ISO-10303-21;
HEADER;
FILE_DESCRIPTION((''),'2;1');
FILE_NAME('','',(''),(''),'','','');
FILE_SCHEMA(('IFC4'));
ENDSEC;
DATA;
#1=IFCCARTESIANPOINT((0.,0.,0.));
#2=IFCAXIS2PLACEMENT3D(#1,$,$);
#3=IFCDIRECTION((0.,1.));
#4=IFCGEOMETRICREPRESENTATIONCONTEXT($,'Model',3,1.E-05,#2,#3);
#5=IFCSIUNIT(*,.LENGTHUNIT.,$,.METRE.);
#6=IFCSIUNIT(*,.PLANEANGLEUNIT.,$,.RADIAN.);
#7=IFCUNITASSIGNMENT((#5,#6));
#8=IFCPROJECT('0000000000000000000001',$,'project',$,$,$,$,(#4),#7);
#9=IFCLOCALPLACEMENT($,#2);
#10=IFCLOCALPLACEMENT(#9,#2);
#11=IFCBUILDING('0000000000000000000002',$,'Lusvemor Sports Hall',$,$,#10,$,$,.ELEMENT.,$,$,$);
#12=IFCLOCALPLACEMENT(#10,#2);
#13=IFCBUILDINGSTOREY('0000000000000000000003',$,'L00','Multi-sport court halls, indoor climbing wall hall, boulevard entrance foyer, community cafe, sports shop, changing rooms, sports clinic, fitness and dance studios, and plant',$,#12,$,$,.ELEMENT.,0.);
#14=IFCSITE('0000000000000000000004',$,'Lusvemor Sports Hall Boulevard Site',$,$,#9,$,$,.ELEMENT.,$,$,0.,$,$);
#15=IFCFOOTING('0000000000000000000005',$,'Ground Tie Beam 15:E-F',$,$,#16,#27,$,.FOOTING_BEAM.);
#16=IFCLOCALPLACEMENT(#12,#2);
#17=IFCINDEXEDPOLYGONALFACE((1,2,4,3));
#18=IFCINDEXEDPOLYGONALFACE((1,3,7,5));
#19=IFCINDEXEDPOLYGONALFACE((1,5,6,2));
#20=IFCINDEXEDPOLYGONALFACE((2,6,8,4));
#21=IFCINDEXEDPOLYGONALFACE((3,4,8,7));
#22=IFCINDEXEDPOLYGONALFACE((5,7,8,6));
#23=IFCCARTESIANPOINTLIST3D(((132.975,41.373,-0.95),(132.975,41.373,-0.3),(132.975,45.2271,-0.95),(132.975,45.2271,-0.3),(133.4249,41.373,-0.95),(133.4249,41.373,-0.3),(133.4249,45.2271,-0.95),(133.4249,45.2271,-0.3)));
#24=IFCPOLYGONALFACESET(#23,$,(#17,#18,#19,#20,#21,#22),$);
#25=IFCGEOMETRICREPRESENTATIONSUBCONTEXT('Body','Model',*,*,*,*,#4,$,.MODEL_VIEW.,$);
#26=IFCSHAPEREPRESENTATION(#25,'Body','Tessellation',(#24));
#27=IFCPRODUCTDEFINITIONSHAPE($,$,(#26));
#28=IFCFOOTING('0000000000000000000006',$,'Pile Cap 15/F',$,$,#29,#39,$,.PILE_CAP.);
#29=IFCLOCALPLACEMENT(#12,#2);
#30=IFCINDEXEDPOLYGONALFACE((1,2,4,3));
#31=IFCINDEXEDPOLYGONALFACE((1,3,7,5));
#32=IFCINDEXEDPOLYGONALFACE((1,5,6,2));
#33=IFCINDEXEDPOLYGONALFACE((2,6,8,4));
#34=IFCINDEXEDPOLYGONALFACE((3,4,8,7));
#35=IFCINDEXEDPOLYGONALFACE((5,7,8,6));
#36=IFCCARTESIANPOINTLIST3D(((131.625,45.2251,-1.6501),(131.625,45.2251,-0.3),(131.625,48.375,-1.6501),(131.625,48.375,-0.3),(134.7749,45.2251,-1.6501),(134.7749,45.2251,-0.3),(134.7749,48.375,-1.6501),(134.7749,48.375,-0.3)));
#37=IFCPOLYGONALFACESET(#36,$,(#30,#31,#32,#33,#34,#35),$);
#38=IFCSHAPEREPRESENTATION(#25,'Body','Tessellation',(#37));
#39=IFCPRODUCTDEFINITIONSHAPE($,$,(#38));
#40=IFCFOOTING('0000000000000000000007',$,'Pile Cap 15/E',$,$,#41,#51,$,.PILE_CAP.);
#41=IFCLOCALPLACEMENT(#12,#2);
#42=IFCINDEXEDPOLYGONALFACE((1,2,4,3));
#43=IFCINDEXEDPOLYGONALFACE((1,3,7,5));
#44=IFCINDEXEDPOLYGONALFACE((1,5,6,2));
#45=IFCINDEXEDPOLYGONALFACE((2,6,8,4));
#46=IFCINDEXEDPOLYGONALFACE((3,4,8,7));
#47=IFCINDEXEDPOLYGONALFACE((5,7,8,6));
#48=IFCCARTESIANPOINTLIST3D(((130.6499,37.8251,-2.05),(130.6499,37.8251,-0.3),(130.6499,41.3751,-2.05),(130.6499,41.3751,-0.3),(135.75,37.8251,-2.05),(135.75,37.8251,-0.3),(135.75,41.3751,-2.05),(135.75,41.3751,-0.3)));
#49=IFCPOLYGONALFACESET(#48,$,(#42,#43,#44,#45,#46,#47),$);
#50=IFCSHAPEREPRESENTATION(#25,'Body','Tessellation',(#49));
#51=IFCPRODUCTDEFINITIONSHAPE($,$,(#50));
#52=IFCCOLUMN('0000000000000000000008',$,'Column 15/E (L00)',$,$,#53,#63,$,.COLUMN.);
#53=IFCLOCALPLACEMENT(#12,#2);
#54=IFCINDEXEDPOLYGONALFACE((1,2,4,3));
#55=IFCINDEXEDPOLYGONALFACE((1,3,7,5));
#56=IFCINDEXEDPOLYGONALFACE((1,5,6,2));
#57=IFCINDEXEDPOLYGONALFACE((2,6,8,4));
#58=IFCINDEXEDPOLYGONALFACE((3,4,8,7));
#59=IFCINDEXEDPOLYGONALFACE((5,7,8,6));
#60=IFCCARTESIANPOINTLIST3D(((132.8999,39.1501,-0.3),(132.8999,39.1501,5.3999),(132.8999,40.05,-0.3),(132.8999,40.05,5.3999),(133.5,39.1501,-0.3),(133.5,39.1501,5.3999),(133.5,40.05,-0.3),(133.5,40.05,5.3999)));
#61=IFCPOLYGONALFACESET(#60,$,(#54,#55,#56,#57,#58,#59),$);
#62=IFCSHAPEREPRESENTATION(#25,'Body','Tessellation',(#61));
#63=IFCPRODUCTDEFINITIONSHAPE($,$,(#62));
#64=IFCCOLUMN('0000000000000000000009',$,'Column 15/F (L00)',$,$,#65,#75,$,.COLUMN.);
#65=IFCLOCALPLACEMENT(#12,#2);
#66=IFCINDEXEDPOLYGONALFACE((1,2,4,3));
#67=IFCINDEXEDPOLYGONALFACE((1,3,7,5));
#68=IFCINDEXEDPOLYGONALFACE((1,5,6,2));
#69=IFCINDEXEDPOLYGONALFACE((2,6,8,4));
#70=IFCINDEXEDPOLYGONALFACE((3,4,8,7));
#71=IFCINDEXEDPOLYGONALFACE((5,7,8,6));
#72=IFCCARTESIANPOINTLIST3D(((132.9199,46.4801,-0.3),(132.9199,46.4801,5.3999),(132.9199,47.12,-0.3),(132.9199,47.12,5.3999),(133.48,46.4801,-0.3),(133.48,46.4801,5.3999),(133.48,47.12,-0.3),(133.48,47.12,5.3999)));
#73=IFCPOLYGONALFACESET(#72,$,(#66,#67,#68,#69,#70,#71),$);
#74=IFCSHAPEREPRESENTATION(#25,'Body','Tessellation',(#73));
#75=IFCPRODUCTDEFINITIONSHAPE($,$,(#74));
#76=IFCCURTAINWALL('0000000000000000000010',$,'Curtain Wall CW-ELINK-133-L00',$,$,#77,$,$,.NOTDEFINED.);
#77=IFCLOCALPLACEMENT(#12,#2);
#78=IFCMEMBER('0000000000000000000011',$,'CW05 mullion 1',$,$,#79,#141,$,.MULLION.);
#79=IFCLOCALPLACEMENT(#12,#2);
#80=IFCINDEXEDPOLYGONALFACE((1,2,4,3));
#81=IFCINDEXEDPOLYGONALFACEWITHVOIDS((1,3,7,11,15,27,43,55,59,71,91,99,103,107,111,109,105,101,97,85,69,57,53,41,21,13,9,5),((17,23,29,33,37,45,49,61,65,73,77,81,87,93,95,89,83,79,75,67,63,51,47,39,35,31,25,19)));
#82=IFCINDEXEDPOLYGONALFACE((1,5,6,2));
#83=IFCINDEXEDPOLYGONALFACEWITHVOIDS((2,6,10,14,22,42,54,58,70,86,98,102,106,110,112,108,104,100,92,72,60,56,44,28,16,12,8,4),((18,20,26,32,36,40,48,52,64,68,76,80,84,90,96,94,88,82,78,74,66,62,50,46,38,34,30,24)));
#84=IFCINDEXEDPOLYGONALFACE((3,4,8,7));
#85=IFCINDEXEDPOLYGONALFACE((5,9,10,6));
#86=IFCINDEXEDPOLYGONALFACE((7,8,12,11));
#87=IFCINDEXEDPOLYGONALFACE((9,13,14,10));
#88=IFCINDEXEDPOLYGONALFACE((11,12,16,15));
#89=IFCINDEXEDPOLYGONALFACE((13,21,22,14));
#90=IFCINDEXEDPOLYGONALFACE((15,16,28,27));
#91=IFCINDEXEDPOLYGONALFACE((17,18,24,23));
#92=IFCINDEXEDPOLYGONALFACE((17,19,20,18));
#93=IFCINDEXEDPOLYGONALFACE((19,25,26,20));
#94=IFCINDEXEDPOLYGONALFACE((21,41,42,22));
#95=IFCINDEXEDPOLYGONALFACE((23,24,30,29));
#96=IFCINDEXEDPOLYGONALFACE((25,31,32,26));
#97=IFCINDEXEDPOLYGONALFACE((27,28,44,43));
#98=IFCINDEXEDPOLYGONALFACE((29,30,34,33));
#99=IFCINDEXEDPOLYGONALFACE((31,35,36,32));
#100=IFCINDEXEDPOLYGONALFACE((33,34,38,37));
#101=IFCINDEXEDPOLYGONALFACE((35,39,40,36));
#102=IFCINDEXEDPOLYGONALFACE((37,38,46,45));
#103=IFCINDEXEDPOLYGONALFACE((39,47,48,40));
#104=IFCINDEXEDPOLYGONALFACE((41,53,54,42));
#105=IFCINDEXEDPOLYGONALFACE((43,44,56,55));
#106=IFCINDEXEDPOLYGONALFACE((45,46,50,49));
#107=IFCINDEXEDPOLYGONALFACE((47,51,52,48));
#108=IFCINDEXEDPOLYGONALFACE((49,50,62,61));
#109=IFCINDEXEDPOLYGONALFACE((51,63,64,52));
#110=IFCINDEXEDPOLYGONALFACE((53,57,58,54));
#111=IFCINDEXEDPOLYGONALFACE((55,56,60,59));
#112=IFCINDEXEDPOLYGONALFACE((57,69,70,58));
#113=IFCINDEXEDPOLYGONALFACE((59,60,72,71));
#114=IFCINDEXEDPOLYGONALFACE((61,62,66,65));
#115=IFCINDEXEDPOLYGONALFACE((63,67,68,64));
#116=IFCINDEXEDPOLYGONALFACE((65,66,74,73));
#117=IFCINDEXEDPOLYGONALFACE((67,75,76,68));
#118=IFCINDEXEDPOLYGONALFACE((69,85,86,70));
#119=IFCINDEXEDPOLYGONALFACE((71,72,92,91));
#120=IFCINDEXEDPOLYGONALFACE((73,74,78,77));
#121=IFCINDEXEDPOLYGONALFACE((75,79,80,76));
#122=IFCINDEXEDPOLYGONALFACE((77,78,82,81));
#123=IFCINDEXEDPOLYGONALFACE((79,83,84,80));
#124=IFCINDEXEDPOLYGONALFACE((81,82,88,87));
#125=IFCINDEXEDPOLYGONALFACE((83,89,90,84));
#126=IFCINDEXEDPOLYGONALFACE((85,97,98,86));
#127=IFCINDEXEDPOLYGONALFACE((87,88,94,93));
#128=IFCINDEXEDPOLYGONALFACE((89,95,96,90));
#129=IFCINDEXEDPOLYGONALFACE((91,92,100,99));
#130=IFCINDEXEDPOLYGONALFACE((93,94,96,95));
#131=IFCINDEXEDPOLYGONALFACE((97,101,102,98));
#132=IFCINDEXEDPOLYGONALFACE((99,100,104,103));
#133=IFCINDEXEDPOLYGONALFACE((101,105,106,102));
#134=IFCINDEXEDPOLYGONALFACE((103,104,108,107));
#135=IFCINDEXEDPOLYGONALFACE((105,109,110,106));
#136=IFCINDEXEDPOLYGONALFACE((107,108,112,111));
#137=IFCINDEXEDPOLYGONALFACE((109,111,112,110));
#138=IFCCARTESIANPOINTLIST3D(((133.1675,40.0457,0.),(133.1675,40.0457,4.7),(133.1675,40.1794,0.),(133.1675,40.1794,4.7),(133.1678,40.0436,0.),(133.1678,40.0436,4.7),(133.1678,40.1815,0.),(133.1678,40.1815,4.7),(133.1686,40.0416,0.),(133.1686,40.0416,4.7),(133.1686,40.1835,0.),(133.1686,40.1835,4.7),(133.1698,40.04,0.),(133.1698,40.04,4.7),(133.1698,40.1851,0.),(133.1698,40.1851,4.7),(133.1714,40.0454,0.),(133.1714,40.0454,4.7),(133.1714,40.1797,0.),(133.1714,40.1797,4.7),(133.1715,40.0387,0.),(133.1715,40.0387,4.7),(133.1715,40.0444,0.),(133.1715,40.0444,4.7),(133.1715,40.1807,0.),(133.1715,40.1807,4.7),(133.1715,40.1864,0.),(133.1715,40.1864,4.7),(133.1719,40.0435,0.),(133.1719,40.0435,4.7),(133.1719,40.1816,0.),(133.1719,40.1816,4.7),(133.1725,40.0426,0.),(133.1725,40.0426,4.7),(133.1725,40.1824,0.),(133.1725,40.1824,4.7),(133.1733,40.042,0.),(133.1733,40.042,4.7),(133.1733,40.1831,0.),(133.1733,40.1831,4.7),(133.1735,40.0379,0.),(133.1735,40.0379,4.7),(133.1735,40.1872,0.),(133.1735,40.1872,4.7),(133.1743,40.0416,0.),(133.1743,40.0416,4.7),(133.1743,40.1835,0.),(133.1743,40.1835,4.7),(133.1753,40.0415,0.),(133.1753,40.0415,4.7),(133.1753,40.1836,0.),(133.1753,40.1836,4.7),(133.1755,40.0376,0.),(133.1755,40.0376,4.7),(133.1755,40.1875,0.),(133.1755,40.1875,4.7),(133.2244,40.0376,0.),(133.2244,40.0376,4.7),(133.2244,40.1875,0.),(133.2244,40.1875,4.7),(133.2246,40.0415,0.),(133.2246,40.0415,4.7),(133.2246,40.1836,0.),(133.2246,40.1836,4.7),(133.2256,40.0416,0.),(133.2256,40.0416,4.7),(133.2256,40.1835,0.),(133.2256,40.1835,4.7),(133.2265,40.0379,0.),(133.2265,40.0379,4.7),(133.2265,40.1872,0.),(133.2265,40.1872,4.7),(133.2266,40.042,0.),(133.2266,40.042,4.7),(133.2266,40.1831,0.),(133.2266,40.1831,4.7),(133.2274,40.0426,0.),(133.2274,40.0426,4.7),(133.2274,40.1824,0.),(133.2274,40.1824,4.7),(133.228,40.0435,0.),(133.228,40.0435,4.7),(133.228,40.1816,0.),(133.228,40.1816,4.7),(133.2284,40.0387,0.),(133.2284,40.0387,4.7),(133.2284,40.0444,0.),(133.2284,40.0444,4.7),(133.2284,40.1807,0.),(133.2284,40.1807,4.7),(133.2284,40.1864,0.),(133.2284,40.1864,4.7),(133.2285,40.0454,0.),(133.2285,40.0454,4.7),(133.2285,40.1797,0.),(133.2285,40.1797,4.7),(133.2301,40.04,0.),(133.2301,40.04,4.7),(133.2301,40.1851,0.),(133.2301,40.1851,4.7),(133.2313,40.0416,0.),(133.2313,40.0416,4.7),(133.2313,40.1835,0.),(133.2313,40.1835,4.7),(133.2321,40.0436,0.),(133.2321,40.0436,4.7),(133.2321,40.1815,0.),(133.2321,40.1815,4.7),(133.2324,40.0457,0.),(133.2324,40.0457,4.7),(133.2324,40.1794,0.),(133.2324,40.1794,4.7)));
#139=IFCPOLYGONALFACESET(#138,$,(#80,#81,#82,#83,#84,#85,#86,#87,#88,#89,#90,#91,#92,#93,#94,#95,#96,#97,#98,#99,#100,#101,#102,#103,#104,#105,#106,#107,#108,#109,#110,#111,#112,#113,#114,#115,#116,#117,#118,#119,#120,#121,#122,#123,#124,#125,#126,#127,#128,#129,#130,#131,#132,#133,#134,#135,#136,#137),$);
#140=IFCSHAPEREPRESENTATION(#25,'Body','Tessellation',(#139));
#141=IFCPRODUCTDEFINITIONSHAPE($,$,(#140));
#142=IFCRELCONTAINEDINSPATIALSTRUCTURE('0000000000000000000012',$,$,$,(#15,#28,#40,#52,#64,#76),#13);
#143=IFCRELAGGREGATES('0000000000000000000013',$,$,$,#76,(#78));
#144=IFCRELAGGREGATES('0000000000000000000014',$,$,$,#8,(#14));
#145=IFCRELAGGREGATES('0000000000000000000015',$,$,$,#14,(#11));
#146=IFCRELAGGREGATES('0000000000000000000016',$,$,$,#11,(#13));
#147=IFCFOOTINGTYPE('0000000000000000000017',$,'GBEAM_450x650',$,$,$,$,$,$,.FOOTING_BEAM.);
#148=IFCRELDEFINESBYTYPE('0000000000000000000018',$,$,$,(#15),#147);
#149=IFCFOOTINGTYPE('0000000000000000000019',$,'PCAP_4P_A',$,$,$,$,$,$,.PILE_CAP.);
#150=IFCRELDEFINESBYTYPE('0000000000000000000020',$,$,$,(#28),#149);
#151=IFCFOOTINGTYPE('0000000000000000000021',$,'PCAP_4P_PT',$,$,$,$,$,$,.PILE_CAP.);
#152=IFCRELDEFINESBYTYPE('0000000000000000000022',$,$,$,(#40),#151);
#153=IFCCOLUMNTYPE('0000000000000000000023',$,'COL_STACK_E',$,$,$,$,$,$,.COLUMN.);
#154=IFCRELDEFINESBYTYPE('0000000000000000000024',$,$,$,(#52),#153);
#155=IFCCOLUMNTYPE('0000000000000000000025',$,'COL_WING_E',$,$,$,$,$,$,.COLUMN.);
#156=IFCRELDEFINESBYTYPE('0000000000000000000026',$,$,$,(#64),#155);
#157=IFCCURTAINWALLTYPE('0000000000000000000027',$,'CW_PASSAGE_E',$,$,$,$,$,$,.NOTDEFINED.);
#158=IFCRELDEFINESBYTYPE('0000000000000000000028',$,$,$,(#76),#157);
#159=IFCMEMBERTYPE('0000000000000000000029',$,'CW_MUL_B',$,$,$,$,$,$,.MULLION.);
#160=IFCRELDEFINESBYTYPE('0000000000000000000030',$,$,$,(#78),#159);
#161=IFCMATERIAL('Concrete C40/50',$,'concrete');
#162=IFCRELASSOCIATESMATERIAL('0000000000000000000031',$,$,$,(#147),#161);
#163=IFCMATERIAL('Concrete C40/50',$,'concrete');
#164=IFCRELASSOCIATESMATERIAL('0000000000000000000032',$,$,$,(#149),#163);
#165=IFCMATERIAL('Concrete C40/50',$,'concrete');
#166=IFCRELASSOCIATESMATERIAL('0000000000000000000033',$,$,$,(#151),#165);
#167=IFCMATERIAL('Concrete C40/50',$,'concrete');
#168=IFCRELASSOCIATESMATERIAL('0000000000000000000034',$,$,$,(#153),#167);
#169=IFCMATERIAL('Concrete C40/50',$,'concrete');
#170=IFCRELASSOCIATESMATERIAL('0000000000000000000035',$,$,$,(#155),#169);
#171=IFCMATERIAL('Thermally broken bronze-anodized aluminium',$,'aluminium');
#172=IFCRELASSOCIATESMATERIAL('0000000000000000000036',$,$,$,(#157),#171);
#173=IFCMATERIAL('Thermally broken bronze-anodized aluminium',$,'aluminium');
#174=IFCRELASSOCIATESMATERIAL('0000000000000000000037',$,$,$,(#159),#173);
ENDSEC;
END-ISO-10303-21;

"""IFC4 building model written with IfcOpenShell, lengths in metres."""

from ifc_helpers import new_model, si_unit, direction, frame, origin, origin_2d, place, context, subcontext, project, spatial, rectangle, hollow_rectangle, extrude, material, material_profile, profile_set, type_object, element, aggregate, save


model = new_model("IFC4")

# Units and contexts
model_context = context("Model", 3, precision=1e-05, world=origin(), true_north=direction((0.0, 1.0)))
body_context = subcontext(model_context, "Body", "Model", "MODEL_VIEW")
ifc_project = project(units=[si_unit("LENGTHUNIT", "METRE"), si_unit("PLANEANGLEUNIT", "RADIAN")], contexts=[model_context])

# Site, building, storey
site_placement = place(None, origin())
site = spatial("IfcSite", under=ifc_project, at=site_placement, Name="Lusvemor Sports Hall Boulevard Site", CompositionType="ELEMENT", RefElevation=0.0)
building_placement = place(site_placement, origin())
building = spatial("IfcBuilding", under=site, at=building_placement, Name="Lusvemor Sports Hall", CompositionType="ELEMENT")
storey_placement = place(building_placement, origin())
storey = spatial("IfcBuildingStorey", under=building, at=storey_placement, Name="L00", Description="Multi-sport court halls, indoor climbing wall hall, boulevard entrance foyer, community cafe, sports shop, changing rooms, sports clinic, fitness and dance studios, and plant", CompositionType="ELEMENT", Elevation=0.0)

# Footings
ifc_material_1 = material(Name="Concrete C40/50", Category="concrete")
ifc_material_profile_1 = material_profile(ifc_material_1, rectangle(XDim=0.45, YDim=0.6499, at=origin_2d()), Name="GB_450x650")
ifc_profile_set_1 = profile_set([ifc_material_profile_1], Name="Concrete C40/50")
footing_type_1 = type_object("IfcFootingType", Name="GBEAM_450x650", PredefinedType="FOOTING_BEAM", material=ifc_profile_set_1)
footing_1_placement = place(storey_placement, frame((133.2, 41.373, -0.625), z_axis=(0.0, 1.0, 0.0), x_axis=(-1.0, 0.0, 0.0)))
element("IfcFooting", 1, at=footing_1_placement, inside=storey, type_object=footing_type_1, Name="Ground Tie Beam 15:E-F", PredefinedType="FOOTING_BEAM", context=body_context, shape_type="SweptSolid", body=[
    extrude(rectangle(XDim=0.45, YDim=0.6499, at=origin_2d()), origin(), (0.0, 0.0, 1.0), 3.854),
])
ifc_material_2 = material(Name="Concrete C40/50", Category="concrete")
footing_type_2 = type_object("IfcFootingType", Name="PCAP_4P_A", PredefinedType="PILE_CAP", material=ifc_material_2)
footing_2_placement = place(storey_placement, frame((133.2, 46.8, -1.6501), z_axis=(0.0, 0.0, 1.0), x_axis=(1.0, 0.0, 0.0)))
element("IfcFooting", 2, at=footing_2_placement, inside=storey, type_object=footing_type_2, Name="Pile Cap 15/F", PredefinedType="PILE_CAP", context=body_context, shape_type="SweptSolid", body=[
    extrude(rectangle(XDim=3.1499, YDim=3.1499, at=origin_2d()), origin(), (0.0, 0.0, 1.0), 1.3501),
])
ifc_material_3 = material(Name="Concrete C40/50", Category="concrete")
footing_type_3 = type_object("IfcFootingType", Name="PCAP_4P_PT", PredefinedType="PILE_CAP", material=ifc_material_3)
footing_3_placement = place(storey_placement, frame((133.2, 39.6001, -2.05), z_axis=(0.0, 0.0, 1.0), x_axis=(1.0, 0.0, 0.0)))
element("IfcFooting", 3, at=footing_3_placement, inside=storey, type_object=footing_type_3, Name="Pile Cap 15/E", PredefinedType="PILE_CAP", context=body_context, shape_type="SweptSolid", body=[
    extrude(rectangle(XDim=5.1001, YDim=3.55, at=origin_2d()), origin(), (0.0, 0.0, 1.0), 1.75),
])

# Columns
ifc_material_4 = material(Name="Concrete C40/50", Category="concrete")
ifc_material_profile_2 = material_profile(ifc_material_4, rectangle(XDim=0.6001, YDim=0.8999, at=origin_2d()), Name="RC600x900")
ifc_profile_set_2 = profile_set([ifc_material_profile_2], Name="Concrete C40/50")
column_type_1 = type_object("IfcColumnType", Name="COL_STACK_E", PredefinedType="COLUMN", material=ifc_profile_set_2)
column_1_placement = place(storey_placement, frame((133.2, 39.6001, -0.3), z_axis=(0.0, 0.0, 1.0), x_axis=(1.0, 0.0, 0.0)))
element("IfcColumn", 4, at=column_1_placement, inside=storey, type_object=column_type_1, Name="Column 15/E (L00)", PredefinedType="COLUMN", context=body_context, shape_type="SweptSolid", body=[
    extrude(rectangle(XDim=0.6001, YDim=0.8999, at=origin_2d()), origin(), (0.0, 0.0, 1.0), 5.7),
])
ifc_material_5 = material(Name="Concrete C40/50", Category="concrete")
ifc_material_profile_3 = material_profile(ifc_material_5, rectangle(XDim=0.5601, YDim=0.6399, at=origin_2d()), Name="RC560x640")
ifc_profile_set_3 = profile_set([ifc_material_profile_3], Name="Concrete C40/50")
column_type_2 = type_object("IfcColumnType", Name="COL_WING_E", PredefinedType="COLUMN", material=ifc_profile_set_3)
column_2_placement = place(storey_placement, frame((133.2, 46.8, -0.3), z_axis=(0.0, 0.0, 1.0), x_axis=(1.0, 0.0, 0.0)))
element("IfcColumn", 5, at=column_2_placement, inside=storey, type_object=column_type_2, Name="Column 15/F (L00)", PredefinedType="COLUMN", context=body_context, shape_type="SweptSolid", body=[
    extrude(rectangle(XDim=0.5601, YDim=0.6399, at=origin_2d()), origin(), (0.0, 0.0, 1.0), 5.7),
])

# Curtain wall, member
ifc_material_6 = material(Name="Thermally broken bronze-anodized aluminium", Category="aluminium")
curtain_wall_type = type_object("IfcCurtainWallType", Name="CW_PASSAGE_E", PredefinedType="NOTDEFINED", material=ifc_material_6)
curtain_wall_placement = place(storey_placement, origin())
curtain_wall = element("IfcCurtainWall", 6, at=curtain_wall_placement, inside=storey, type_object=curtain_wall_type, Name="Curtain Wall CW-ELINK-133-L00", PredefinedType="NOTDEFINED")
ifc_material_7 = material(Name="Thermally broken bronze-anodized aluminium", Category="aluminium")
ifc_material_profile_4 = material_profile(ifc_material_7, hollow_rectangle(XDim=0.0649, YDim=0.1499, WallThickness=0.0039, InnerFilletRadius=0.0039, OuterFilletRadius=0.0081, at=origin_2d()), Name="CWMUL150x65x4")
ifc_profile_set_4 = profile_set([ifc_material_profile_4], Name="Thermally broken bronze-anodized aluminium")
member_type_1 = type_object("IfcMemberType", Name="CW_MUL_B", PredefinedType="MULLION", material=ifc_profile_set_4)
member_1_placement = place(storey_placement, frame((133.2, 40.1125, 0.0), z_axis=(0.0, 0.0, 1.0), x_axis=(-1.0, 0.0, 0.0)))
member_1 = element("IfcMember", 7, at=member_1_placement, type_object=member_type_1, Name="CW05 mullion 1", PredefinedType="MULLION", context=body_context, shape_type="SweptSolid", body=[
    extrude(hollow_rectangle(XDim=0.0649, YDim=0.1499, WallThickness=0.0039, InnerFilletRadius=0.0039, OuterFilletRadius=0.0081, at=origin_2d()), origin(), (0.0, 0.0, 1.0), 4.7),
])
aggregate(curtain_wall, [member_1])

save(model, "model.ifc")
